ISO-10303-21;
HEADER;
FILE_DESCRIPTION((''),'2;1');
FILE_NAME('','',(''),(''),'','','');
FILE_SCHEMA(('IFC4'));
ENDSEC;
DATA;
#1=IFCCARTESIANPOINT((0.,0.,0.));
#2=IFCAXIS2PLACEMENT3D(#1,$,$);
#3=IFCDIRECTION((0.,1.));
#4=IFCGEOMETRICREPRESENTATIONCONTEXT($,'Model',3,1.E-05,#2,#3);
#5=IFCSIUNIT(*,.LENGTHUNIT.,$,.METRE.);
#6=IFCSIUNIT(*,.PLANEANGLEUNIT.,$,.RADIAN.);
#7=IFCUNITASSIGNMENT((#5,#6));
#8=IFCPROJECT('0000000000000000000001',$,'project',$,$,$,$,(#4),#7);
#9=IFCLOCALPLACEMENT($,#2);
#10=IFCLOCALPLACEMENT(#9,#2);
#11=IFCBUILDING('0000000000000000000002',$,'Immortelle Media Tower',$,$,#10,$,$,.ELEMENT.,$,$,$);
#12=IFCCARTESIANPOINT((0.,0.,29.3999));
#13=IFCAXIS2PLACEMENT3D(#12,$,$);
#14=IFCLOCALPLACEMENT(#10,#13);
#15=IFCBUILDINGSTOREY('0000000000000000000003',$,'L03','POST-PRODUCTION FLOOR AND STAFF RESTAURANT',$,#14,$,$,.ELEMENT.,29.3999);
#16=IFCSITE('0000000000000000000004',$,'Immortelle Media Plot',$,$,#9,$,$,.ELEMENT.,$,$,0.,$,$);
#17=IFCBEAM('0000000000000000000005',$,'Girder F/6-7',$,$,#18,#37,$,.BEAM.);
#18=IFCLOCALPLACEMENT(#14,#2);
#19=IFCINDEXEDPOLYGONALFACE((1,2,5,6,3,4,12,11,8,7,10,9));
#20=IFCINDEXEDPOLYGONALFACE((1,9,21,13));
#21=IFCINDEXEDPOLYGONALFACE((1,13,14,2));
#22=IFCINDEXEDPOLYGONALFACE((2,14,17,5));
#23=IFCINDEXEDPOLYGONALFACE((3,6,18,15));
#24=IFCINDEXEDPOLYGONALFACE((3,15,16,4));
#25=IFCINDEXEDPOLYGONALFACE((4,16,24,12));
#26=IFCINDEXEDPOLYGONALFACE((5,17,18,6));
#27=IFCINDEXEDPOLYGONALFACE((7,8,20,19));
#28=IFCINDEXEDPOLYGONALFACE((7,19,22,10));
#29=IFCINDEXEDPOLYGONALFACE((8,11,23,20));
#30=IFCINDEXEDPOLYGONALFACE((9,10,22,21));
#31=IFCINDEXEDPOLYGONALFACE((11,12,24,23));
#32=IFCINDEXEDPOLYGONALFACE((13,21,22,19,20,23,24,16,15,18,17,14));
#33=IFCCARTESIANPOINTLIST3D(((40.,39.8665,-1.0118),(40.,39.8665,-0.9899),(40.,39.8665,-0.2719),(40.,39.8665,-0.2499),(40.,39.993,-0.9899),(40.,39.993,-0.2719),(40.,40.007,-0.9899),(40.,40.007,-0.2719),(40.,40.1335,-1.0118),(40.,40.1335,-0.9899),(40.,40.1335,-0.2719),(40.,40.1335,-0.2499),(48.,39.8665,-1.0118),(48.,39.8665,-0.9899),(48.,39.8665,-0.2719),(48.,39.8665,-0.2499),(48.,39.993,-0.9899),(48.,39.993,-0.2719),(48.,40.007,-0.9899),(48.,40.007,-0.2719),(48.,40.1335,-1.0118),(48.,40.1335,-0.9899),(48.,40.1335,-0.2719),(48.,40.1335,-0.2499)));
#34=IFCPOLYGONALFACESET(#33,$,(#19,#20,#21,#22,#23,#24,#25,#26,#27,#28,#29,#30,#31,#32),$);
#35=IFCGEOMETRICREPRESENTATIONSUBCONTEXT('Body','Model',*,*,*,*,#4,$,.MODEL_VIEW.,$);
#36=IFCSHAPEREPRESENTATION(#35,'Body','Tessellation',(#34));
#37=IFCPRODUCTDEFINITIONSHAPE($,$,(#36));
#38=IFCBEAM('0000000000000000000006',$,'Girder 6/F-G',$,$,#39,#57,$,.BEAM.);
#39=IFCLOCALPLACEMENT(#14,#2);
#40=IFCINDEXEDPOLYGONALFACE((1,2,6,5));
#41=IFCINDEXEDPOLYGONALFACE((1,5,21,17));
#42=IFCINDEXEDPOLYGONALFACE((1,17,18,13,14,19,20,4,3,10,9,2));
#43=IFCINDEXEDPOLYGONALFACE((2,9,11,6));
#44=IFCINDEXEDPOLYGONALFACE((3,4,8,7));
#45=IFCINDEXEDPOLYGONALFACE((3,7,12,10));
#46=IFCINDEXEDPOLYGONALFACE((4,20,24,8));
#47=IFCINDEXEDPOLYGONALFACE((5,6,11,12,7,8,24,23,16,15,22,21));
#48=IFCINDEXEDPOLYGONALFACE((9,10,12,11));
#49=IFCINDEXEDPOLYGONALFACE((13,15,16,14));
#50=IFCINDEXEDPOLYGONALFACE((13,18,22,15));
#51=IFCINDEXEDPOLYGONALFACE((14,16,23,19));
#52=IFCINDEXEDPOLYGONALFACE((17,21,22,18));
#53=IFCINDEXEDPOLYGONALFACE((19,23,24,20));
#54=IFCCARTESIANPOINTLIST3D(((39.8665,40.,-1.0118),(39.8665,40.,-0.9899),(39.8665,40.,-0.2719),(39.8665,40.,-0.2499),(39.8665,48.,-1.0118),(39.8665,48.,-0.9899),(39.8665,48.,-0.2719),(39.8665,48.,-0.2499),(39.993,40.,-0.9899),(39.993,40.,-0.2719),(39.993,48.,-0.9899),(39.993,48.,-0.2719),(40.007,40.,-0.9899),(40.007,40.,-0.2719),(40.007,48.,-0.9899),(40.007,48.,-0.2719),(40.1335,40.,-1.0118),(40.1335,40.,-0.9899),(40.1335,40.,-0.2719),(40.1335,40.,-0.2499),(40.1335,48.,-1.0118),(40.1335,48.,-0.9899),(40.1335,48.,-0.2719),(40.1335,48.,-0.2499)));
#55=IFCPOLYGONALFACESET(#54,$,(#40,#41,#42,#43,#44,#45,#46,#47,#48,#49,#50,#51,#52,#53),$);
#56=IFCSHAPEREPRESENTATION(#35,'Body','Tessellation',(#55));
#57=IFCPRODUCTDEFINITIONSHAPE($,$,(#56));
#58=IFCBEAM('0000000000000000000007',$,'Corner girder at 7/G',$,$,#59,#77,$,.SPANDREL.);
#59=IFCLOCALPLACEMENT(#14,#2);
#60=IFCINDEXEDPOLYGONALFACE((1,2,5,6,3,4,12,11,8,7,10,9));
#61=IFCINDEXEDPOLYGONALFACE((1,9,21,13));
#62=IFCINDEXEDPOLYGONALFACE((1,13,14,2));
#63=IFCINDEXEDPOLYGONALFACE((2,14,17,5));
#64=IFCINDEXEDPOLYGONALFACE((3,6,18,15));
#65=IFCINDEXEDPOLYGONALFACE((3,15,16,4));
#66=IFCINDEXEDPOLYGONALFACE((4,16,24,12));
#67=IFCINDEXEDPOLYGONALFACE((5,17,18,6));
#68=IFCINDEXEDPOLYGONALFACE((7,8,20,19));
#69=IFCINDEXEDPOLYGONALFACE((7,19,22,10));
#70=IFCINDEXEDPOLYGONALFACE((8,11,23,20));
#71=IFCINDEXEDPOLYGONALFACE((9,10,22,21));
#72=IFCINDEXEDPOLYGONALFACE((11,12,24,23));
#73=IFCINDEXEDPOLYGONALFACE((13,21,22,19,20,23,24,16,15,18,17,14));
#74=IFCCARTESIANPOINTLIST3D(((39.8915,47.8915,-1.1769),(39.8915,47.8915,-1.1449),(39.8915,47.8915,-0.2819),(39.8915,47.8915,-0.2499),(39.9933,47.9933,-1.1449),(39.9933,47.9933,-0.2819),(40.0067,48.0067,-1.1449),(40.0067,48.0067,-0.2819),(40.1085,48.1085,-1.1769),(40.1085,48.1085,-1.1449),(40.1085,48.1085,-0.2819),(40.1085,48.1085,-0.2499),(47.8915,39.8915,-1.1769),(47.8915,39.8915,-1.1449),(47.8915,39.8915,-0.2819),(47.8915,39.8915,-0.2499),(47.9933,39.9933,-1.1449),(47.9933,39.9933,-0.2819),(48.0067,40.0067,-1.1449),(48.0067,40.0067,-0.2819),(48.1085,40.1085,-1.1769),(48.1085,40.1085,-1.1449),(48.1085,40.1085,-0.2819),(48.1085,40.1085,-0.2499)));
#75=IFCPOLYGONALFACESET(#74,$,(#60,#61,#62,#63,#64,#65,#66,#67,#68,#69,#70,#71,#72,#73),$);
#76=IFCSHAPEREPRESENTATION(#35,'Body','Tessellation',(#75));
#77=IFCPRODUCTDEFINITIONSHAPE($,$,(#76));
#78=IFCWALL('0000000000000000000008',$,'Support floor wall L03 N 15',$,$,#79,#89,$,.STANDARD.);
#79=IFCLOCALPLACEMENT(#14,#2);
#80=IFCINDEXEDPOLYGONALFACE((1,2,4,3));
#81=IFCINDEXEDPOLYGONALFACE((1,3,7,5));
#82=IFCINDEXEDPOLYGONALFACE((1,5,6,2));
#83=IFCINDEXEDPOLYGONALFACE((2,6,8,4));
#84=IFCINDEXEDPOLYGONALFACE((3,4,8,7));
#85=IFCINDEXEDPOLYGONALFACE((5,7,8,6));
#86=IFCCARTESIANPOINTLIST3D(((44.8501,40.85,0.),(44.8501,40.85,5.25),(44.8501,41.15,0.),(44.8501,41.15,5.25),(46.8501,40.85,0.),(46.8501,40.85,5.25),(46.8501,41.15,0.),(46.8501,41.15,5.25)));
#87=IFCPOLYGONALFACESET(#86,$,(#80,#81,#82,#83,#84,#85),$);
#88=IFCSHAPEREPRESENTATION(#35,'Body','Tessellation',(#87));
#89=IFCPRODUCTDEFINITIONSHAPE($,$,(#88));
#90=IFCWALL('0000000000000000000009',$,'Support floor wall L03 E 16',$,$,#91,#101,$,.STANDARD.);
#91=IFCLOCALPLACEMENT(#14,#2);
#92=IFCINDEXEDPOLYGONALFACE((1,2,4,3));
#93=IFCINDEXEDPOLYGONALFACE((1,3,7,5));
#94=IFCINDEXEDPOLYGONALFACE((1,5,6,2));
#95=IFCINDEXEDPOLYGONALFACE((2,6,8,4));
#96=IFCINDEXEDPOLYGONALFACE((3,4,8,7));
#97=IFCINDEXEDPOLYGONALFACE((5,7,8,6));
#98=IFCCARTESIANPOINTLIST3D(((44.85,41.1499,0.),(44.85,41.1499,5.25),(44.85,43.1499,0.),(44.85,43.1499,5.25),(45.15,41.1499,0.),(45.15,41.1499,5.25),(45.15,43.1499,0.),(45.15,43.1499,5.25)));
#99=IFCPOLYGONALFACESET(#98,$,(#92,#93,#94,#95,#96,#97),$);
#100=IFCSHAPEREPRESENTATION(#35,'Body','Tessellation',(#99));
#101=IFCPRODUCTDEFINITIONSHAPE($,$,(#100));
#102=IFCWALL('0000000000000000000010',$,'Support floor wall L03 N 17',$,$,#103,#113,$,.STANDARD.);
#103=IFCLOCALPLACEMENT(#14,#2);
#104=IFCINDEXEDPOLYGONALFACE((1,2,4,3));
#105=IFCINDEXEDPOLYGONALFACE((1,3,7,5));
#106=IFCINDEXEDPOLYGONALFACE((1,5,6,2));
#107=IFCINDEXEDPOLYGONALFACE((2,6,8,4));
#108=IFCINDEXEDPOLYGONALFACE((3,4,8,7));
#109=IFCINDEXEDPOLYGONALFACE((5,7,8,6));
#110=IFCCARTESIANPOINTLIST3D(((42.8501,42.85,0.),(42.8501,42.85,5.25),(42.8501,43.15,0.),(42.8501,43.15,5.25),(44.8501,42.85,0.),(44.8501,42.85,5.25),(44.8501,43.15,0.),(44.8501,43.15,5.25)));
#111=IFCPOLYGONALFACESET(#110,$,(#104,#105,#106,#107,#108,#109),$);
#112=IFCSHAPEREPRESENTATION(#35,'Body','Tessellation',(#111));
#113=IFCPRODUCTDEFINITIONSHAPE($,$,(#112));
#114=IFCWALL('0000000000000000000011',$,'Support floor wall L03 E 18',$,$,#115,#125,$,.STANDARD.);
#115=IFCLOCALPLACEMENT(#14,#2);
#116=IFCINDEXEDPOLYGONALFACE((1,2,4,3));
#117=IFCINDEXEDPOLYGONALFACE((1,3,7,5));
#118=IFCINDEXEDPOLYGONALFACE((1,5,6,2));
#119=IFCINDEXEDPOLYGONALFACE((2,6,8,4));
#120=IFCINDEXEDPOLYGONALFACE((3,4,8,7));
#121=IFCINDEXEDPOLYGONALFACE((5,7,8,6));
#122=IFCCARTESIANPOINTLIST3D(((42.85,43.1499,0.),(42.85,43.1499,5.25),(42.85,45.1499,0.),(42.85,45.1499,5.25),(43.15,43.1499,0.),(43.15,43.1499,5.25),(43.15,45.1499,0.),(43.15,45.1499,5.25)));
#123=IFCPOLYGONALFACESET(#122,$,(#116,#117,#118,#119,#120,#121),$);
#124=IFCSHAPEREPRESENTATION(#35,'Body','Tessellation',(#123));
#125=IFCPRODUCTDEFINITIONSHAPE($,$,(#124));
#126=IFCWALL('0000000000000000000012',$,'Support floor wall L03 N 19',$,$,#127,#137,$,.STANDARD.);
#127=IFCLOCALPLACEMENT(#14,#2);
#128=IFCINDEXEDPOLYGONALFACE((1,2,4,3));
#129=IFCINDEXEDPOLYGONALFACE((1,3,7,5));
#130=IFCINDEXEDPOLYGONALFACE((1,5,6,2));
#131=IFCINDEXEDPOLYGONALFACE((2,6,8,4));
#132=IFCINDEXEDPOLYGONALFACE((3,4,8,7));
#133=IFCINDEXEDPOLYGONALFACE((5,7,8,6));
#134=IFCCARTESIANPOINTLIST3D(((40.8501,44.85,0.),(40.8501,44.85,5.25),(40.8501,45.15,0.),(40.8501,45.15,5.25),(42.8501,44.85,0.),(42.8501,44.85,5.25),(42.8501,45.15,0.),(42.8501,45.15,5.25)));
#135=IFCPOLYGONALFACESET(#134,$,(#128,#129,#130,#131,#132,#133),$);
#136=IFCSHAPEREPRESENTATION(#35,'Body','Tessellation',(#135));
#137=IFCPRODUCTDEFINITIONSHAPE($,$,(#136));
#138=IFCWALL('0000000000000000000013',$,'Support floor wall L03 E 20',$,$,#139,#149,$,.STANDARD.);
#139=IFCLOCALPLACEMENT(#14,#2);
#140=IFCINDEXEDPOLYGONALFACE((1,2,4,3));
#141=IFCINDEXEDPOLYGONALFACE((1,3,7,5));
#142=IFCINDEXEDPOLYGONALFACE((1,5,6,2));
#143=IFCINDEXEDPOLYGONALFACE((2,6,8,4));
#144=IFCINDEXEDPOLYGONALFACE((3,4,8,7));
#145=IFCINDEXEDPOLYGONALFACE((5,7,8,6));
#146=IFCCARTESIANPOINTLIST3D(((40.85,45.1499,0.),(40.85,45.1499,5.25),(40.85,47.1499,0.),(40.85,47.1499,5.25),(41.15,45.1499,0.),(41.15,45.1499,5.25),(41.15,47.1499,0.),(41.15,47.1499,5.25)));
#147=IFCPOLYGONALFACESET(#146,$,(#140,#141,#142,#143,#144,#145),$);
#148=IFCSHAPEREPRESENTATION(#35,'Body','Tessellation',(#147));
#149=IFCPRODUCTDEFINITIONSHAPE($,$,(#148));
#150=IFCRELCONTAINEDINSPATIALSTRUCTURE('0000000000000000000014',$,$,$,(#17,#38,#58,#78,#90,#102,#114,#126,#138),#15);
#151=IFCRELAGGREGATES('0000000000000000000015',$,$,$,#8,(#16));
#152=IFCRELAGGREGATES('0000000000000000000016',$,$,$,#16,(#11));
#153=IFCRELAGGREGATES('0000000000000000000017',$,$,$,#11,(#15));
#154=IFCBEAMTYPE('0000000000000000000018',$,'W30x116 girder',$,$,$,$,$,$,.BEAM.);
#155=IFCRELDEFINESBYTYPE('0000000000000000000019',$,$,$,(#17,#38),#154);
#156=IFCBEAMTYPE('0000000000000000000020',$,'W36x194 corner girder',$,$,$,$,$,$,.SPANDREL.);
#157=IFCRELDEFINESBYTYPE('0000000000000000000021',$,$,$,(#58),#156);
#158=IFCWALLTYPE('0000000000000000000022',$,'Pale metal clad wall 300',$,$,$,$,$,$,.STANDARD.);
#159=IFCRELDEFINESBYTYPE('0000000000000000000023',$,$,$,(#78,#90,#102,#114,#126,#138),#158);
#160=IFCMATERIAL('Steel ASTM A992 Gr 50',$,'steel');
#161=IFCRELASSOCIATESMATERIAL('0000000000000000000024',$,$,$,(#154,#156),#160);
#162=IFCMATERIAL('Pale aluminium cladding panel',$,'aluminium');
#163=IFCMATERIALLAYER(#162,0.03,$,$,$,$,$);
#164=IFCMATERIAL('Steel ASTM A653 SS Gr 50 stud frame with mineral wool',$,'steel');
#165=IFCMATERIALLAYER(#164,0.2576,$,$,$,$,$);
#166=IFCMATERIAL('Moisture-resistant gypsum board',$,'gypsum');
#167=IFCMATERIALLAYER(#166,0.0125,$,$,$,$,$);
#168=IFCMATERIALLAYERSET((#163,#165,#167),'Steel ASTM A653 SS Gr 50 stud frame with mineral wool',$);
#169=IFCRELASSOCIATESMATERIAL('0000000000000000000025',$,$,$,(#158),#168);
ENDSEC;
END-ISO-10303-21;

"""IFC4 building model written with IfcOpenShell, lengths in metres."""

from ifc_helpers import new_model, si_unit, direction, frame, frame_2d, origin, origin_2d, place, context, subcontext, project, spatial, rectangle, i_section, extrude, material, layer, layer_set, material_profile, profile_set, type_object, element, save


model = new_model("IFC4")

# Units and contexts
model_context = context("Model", 3, precision=1e-05, world=origin(), true_north=direction((0.0, 1.0)))
body_context = subcontext(model_context, "Body", "Model", "MODEL_VIEW")
ifc_project = project(units=[si_unit("LENGTHUNIT", "METRE"), si_unit("PLANEANGLEUNIT", "RADIAN")], contexts=[model_context])

# Site, building, storey
site_placement = place(None, origin())
site = spatial("IfcSite", under=ifc_project, at=site_placement, Name="Immortelle Media Plot", CompositionType="ELEMENT", RefElevation=0.0)
building_placement = place(site_placement, origin())
building = spatial("IfcBuilding", under=site, at=building_placement, Name="Immortelle Media Tower", CompositionType="ELEMENT")
storey_placement = place(building_placement, frame((0.0, 0.0, 29.3999)))
storey = spatial("IfcBuildingStorey", under=building, at=storey_placement, Name="L03", Description="POST-PRODUCTION FLOOR AND STAFF RESTAURANT", CompositionType="ELEMENT", Elevation=29.3999)

# Shared definitions
ifc_material_1 = material(Name="Steel ASTM A992 Gr 50", Category="steel")

# Beams
ifc_material_profile_1 = material_profile(ifc_material_1, i_section(OverallWidth=0.2671, OverallDepth=0.762, WebThickness=0.0139, FlangeThickness=0.022, at=origin_2d()), Name="W30x116")
ifc_profile_set_1 = profile_set([ifc_material_profile_1], Name="Steel ASTM A992 Gr 50")
beam_type_1 = type_object("IfcBeamType", Name="W30x116 girder", PredefinedType="BEAM", material=ifc_profile_set_1)
for number, where, z_axis, x_axis, name in (
    (1, (40.0, 40.0, -0.6309), (1.0, 0.0, 0.0), (0.0, 1.0, 0.0), "Girder F/6-7"),
    (2, (40.0, 40.0, -0.6309), (0.0, 1.0, 0.0), (-1.0, 0.0, 0.0), "Girder 6/F-G"),
):
    element("IfcBeam", number, at=place(storey_placement, frame(where, z_axis=z_axis, x_axis=x_axis)), inside=storey, type_object=beam_type_1, Name=name, PredefinedType="BEAM", context=body_context, shape_type="SweptSolid", body=[
        extrude(i_section(OverallWidth=0.2671, OverallDepth=0.762, WebThickness=0.0139, FlangeThickness=0.022, at=origin_2d()), origin(), (0.0, 0.0, 1.0), 8.0),
    ])
ifc_material_profile_2 = material_profile(ifc_material_1, i_section(OverallWidth=0.3069, OverallDepth=0.927, WebThickness=0.019, FlangeThickness=0.032, at=origin_2d()), Name="W36x194")
ifc_profile_set_2 = profile_set([ifc_material_profile_2], Name="Steel ASTM A992 Gr 50")
beam_type_2 = type_object("IfcBeamType", Name="W36x194 corner girder", PredefinedType="SPANDREL", material=ifc_profile_set_2)
beam_1_placement = place(storey_placement, frame((40.0, 48.0, -0.7134), z_axis=(0.707107, -0.707107, 0.0), x_axis=(0.707107, 0.707107, 0.0)))
element("IfcBeam", 3, at=beam_1_placement, inside=storey, type_object=beam_type_2, Name="Corner girder at 7/G", PredefinedType="SPANDREL", context=body_context, shape_type="SweptSolid", body=[
    extrude(i_section(OverallWidth=0.3069, OverallDepth=0.927, WebThickness=0.019, FlangeThickness=0.032, at=origin_2d()), origin(), (0.0, 0.0, 1.0), 11.3137),
])

# Walls
ifc_material_2 = material(Name="Pale aluminium cladding panel", Category="aluminium")
ifc_layer_1 = layer(ifc_material_2, 0.03)
ifc_material_3 = material(Name="Steel ASTM A653 SS Gr 50 stud frame with mineral wool", Category="steel")
ifc_layer_2 = layer(ifc_material_3, 0.2576)
ifc_material_4 = material(Name="Moisture-resistant gypsum board", Category="gypsum")
ifc_layer_3 = layer(ifc_material_4, 0.0125)
ifc_layer_set_1 = layer_set([ifc_layer_1, ifc_layer_2, ifc_layer_3], Name="Steel ASTM A653 SS Gr 50 stud frame with mineral wool")
wall_type_1 = type_object("IfcWallType", Name="Pale metal clad wall 300", PredefinedType="STANDARD", material=ifc_layer_set_1)
for number, where, z_axis, x_axis, name in (
    (4, (46.8501, 41.0, 0.0), (0.0, 0.0, 1.0), (-1.0, 0.0, 0.0), "Support floor wall L03 N 15"),
    (5, (45.0, 41.1499, 0.0), (0.0, 0.0, 1.0), (0.0, 1.0, 0.0), "Support floor wall L03 E 16"),
    (6, (44.8501, 43.0, 0.0), (0.0, 0.0, 1.0), (-1.0, 0.0, 0.0), "Support floor wall L03 N 17"),
    (7, (43.0, 43.1499, 0.0), (0.0, 0.0, 1.0), (0.0, 1.0, 0.0), "Support floor wall L03 E 18"),
    (8, (42.8501, 45.0, 0.0), (0.0, 0.0, 1.0), (-1.0, 0.0, 0.0), "Support floor wall L03 N 19"),
    (9, (41.0, 45.1499, 0.0), (0.0, 0.0, 1.0), (0.0, 1.0, 0.0), "Support floor wall L03 E 20"),
):
    element("IfcWall", number, at=place(storey_placement, frame(where, z_axis=z_axis, x_axis=x_axis)), inside=storey, type_object=wall_type_1, Name=name, PredefinedType="STANDARD", context=body_context, shape_type="SweptSolid", body=[
        extrude(rectangle(XDim=2.0, YDim=0.3, at=frame_2d((1.0, 0.0))), origin(), (0.0, 0.0, 1.0), 5.25),
    ])

save(model, "model.ifc")
